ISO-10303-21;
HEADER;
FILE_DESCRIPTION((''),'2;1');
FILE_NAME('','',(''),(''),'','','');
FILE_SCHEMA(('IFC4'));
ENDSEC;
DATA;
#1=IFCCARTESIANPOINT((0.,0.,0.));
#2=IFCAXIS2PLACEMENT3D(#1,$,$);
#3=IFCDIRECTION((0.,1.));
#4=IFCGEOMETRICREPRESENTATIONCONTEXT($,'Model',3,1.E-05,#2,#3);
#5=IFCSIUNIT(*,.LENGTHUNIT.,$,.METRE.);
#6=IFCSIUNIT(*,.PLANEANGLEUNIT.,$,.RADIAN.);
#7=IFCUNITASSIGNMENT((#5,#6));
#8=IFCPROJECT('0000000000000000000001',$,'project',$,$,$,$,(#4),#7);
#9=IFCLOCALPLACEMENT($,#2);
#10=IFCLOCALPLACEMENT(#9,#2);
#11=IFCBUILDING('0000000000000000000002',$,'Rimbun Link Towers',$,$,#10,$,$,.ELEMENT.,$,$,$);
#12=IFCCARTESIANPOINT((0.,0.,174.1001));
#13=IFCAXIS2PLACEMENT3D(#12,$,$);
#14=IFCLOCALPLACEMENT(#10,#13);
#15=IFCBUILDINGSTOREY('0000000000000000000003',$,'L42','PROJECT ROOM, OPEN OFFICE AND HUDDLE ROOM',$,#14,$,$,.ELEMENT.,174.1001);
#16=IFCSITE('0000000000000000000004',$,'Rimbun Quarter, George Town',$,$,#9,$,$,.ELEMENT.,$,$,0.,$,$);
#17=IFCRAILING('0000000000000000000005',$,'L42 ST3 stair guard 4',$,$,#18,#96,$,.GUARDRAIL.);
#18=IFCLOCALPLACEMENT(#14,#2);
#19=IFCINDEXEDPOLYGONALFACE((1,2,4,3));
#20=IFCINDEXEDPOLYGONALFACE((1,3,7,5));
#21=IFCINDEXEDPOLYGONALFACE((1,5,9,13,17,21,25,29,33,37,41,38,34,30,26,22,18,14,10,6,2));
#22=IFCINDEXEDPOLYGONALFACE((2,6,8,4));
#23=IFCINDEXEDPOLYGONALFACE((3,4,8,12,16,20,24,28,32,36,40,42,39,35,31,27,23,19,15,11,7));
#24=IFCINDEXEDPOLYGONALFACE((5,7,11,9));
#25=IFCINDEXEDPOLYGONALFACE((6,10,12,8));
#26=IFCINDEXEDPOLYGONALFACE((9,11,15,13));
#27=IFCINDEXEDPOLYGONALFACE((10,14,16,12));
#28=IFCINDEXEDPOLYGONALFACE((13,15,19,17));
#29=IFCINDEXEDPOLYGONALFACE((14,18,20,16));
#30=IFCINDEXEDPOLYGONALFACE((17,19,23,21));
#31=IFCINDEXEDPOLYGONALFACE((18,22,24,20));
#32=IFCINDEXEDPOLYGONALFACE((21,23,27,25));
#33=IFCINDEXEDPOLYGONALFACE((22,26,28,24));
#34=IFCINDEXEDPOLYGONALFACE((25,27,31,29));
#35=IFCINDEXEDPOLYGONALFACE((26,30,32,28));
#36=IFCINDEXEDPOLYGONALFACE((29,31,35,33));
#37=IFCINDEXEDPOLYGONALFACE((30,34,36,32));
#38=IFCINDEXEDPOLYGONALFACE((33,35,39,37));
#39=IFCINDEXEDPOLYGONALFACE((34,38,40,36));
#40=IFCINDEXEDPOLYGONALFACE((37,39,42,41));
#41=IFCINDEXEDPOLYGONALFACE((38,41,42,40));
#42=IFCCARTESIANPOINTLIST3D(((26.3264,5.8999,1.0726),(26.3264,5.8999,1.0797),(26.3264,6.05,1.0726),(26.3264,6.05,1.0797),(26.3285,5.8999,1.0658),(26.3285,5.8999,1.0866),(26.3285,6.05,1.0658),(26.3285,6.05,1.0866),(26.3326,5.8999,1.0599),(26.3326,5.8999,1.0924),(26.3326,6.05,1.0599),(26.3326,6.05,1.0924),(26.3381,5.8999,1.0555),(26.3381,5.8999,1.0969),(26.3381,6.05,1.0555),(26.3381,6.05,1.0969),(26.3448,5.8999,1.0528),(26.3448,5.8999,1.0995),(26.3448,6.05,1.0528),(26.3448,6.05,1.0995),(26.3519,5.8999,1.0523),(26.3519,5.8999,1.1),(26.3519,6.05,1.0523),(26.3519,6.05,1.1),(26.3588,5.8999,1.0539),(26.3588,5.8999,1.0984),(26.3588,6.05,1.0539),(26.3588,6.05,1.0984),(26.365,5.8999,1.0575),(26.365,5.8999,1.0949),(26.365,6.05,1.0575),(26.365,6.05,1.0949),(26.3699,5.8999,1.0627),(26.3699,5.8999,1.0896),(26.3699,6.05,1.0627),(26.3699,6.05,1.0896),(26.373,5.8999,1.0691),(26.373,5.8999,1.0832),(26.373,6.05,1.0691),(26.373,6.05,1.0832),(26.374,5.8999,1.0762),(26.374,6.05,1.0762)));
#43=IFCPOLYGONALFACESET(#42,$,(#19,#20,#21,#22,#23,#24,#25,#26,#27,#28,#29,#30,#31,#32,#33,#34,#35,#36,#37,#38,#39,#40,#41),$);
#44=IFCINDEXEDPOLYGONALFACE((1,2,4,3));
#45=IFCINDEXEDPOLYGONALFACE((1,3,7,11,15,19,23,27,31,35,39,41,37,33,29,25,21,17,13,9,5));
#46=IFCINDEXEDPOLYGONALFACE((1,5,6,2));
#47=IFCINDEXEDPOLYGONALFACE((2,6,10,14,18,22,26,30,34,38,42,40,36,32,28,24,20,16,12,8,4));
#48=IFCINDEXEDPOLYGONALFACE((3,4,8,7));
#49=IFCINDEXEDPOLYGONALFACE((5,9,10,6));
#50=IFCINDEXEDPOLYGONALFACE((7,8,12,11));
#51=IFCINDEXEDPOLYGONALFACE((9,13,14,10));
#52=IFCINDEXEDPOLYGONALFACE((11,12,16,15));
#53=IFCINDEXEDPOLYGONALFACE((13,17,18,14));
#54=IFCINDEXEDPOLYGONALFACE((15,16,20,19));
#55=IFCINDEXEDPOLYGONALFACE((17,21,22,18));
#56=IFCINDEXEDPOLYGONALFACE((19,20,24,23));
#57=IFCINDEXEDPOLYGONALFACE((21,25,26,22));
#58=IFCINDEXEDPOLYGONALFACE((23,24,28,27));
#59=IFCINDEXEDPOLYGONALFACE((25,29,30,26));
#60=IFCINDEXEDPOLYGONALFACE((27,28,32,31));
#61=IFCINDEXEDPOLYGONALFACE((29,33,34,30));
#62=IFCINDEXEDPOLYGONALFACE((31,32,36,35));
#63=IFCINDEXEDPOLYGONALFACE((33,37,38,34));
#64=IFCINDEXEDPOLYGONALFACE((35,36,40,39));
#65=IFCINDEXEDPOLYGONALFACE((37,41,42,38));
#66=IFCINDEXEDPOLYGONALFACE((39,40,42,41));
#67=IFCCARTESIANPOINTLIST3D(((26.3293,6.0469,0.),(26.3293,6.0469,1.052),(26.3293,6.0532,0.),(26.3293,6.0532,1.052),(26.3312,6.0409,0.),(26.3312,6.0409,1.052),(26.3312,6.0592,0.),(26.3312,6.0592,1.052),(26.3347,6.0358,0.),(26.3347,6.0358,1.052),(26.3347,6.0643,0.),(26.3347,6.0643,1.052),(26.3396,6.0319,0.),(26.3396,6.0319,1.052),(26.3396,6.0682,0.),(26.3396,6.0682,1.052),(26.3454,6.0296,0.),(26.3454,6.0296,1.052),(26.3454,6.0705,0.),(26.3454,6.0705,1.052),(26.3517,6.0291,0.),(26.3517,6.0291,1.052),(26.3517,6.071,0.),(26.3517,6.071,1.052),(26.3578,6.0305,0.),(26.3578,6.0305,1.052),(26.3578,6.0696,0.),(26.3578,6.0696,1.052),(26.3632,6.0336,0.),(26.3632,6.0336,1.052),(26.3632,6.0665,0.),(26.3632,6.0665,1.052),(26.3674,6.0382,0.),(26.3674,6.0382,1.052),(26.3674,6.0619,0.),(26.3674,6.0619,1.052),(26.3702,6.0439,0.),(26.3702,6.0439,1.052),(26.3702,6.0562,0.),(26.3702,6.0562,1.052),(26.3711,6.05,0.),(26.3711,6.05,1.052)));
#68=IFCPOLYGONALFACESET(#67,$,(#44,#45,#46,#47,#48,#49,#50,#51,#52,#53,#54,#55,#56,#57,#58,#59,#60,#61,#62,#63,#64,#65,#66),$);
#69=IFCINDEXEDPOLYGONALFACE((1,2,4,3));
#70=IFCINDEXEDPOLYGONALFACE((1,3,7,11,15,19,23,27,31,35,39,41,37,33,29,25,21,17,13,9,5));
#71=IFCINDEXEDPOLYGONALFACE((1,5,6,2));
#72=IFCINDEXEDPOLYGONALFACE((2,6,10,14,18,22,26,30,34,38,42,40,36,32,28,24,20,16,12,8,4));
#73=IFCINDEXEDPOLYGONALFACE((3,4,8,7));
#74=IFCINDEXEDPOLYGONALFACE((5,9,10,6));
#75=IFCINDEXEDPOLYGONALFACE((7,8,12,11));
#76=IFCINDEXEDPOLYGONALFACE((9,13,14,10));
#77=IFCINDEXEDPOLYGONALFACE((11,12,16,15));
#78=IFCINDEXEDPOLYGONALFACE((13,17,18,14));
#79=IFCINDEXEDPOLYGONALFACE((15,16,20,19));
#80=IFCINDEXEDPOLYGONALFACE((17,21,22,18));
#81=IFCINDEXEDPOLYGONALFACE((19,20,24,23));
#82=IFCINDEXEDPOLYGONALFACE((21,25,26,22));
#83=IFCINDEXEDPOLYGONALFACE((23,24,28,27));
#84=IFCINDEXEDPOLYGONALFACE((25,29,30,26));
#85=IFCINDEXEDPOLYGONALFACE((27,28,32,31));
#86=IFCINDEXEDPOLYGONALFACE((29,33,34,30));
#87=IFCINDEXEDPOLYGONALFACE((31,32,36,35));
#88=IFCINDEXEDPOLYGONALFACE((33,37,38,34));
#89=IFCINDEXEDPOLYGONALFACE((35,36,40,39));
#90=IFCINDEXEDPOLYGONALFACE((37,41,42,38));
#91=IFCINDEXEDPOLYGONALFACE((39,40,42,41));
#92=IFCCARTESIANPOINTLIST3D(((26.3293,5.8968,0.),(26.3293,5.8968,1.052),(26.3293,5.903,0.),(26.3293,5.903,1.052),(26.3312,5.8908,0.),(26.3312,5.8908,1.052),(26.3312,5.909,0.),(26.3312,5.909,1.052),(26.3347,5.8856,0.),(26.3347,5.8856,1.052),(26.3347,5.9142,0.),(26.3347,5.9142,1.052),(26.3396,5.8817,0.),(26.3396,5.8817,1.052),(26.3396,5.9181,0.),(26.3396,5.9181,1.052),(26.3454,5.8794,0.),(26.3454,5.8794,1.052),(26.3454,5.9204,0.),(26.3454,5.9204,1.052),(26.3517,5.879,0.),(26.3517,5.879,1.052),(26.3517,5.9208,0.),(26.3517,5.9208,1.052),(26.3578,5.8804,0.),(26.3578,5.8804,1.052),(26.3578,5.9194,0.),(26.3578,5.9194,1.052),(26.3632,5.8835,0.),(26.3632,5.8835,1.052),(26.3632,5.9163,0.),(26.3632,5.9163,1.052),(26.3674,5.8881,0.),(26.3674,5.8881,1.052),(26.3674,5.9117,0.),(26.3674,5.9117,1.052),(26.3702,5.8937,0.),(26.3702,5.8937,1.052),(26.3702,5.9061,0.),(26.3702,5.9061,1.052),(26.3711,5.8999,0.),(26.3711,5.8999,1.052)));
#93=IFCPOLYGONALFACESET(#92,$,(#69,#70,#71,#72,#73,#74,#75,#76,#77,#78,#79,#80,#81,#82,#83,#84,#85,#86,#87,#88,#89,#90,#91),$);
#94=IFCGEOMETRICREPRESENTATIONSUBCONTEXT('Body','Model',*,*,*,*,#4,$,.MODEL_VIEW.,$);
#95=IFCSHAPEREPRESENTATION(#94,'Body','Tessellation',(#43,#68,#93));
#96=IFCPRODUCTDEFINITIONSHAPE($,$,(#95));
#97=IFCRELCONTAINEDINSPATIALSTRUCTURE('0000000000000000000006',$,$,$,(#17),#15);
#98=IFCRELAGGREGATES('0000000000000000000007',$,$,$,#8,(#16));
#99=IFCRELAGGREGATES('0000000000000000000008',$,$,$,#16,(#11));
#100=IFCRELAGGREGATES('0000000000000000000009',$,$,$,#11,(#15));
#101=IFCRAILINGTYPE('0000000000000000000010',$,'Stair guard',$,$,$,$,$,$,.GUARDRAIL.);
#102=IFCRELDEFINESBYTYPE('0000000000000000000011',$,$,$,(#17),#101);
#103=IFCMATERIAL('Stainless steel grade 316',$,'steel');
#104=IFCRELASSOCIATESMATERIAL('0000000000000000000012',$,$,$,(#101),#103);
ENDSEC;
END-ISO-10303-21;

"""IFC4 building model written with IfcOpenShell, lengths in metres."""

from ifc_helpers import new_model, si_unit, direction, frame, origin, origin_2d, place, context, subcontext, project, spatial, circle, extrude, material, type_object, element, save


model = new_model("IFC4")

# Units and contexts
model_context = context("Model", 3, precision=1e-05, world=origin(), true_north=direction((0.0, 1.0)))
body_context = subcontext(model_context, "Body", "Model", "MODEL_VIEW")
ifc_project = project(units=[si_unit("LENGTHUNIT", "METRE"), si_unit("PLANEANGLEUNIT", "RADIAN")], contexts=[model_context])

# Site, building, storey
site_placement = place(None, origin())
site = spatial("IfcSite", under=ifc_project, at=site_placement, Name="Rimbun Quarter, George Town", CompositionType="ELEMENT", RefElevation=0.0)
building_placement = place(site_placement, origin())
building = spatial("IfcBuilding", under=site, at=building_placement, Name="Rimbun Link Towers", CompositionType="ELEMENT")
storey_placement = place(building_placement, frame((0.0, 0.0, 174.1001)))
storey = spatial("IfcBuildingStorey", under=building, at=storey_placement, Name="L42", Description="PROJECT ROOM, OPEN OFFICE AND HUDDLE ROOM", CompositionType="ELEMENT", Elevation=174.1001)

# Railing
ifc_material_1 = material(Name="Stainless steel grade 316", Category="steel")
railing_type_1 = type_object("IfcRailingType", Name="Stair guard", PredefinedType="GUARDRAIL", material=ifc_material_1)
railing_1_placement = place(storey_placement, frame((26.3501, 6.05, 0.0)))
element("IfcRailing", 1, at=railing_1_placement, inside=storey, type_object=railing_type_1, Name="L42 ST3 stair guard 4", PredefinedType="GUARDRAIL", context=body_context, shape_type="SweptSolid", body=[
    extrude(circle(Radius=0.0239, at=origin_2d()), frame((0.0, 0.0, 1.0762), z_axis=(0.0, -1.0, 0.0), x_axis=(1.0, 0.0, 0.0)), (0.0, 0.0, 1.0), 0.1501),
    extrude(circle(Radius=0.021, at=origin_2d()), origin(), (0.0, 0.0, 1.0), 1.052),
    extrude(circle(Radius=0.021, at=origin_2d()), frame((0.0, -0.1501, 0.0)), (0.0, 0.0, 1.0), 1.052),
])

save(model, "model.ifc")
